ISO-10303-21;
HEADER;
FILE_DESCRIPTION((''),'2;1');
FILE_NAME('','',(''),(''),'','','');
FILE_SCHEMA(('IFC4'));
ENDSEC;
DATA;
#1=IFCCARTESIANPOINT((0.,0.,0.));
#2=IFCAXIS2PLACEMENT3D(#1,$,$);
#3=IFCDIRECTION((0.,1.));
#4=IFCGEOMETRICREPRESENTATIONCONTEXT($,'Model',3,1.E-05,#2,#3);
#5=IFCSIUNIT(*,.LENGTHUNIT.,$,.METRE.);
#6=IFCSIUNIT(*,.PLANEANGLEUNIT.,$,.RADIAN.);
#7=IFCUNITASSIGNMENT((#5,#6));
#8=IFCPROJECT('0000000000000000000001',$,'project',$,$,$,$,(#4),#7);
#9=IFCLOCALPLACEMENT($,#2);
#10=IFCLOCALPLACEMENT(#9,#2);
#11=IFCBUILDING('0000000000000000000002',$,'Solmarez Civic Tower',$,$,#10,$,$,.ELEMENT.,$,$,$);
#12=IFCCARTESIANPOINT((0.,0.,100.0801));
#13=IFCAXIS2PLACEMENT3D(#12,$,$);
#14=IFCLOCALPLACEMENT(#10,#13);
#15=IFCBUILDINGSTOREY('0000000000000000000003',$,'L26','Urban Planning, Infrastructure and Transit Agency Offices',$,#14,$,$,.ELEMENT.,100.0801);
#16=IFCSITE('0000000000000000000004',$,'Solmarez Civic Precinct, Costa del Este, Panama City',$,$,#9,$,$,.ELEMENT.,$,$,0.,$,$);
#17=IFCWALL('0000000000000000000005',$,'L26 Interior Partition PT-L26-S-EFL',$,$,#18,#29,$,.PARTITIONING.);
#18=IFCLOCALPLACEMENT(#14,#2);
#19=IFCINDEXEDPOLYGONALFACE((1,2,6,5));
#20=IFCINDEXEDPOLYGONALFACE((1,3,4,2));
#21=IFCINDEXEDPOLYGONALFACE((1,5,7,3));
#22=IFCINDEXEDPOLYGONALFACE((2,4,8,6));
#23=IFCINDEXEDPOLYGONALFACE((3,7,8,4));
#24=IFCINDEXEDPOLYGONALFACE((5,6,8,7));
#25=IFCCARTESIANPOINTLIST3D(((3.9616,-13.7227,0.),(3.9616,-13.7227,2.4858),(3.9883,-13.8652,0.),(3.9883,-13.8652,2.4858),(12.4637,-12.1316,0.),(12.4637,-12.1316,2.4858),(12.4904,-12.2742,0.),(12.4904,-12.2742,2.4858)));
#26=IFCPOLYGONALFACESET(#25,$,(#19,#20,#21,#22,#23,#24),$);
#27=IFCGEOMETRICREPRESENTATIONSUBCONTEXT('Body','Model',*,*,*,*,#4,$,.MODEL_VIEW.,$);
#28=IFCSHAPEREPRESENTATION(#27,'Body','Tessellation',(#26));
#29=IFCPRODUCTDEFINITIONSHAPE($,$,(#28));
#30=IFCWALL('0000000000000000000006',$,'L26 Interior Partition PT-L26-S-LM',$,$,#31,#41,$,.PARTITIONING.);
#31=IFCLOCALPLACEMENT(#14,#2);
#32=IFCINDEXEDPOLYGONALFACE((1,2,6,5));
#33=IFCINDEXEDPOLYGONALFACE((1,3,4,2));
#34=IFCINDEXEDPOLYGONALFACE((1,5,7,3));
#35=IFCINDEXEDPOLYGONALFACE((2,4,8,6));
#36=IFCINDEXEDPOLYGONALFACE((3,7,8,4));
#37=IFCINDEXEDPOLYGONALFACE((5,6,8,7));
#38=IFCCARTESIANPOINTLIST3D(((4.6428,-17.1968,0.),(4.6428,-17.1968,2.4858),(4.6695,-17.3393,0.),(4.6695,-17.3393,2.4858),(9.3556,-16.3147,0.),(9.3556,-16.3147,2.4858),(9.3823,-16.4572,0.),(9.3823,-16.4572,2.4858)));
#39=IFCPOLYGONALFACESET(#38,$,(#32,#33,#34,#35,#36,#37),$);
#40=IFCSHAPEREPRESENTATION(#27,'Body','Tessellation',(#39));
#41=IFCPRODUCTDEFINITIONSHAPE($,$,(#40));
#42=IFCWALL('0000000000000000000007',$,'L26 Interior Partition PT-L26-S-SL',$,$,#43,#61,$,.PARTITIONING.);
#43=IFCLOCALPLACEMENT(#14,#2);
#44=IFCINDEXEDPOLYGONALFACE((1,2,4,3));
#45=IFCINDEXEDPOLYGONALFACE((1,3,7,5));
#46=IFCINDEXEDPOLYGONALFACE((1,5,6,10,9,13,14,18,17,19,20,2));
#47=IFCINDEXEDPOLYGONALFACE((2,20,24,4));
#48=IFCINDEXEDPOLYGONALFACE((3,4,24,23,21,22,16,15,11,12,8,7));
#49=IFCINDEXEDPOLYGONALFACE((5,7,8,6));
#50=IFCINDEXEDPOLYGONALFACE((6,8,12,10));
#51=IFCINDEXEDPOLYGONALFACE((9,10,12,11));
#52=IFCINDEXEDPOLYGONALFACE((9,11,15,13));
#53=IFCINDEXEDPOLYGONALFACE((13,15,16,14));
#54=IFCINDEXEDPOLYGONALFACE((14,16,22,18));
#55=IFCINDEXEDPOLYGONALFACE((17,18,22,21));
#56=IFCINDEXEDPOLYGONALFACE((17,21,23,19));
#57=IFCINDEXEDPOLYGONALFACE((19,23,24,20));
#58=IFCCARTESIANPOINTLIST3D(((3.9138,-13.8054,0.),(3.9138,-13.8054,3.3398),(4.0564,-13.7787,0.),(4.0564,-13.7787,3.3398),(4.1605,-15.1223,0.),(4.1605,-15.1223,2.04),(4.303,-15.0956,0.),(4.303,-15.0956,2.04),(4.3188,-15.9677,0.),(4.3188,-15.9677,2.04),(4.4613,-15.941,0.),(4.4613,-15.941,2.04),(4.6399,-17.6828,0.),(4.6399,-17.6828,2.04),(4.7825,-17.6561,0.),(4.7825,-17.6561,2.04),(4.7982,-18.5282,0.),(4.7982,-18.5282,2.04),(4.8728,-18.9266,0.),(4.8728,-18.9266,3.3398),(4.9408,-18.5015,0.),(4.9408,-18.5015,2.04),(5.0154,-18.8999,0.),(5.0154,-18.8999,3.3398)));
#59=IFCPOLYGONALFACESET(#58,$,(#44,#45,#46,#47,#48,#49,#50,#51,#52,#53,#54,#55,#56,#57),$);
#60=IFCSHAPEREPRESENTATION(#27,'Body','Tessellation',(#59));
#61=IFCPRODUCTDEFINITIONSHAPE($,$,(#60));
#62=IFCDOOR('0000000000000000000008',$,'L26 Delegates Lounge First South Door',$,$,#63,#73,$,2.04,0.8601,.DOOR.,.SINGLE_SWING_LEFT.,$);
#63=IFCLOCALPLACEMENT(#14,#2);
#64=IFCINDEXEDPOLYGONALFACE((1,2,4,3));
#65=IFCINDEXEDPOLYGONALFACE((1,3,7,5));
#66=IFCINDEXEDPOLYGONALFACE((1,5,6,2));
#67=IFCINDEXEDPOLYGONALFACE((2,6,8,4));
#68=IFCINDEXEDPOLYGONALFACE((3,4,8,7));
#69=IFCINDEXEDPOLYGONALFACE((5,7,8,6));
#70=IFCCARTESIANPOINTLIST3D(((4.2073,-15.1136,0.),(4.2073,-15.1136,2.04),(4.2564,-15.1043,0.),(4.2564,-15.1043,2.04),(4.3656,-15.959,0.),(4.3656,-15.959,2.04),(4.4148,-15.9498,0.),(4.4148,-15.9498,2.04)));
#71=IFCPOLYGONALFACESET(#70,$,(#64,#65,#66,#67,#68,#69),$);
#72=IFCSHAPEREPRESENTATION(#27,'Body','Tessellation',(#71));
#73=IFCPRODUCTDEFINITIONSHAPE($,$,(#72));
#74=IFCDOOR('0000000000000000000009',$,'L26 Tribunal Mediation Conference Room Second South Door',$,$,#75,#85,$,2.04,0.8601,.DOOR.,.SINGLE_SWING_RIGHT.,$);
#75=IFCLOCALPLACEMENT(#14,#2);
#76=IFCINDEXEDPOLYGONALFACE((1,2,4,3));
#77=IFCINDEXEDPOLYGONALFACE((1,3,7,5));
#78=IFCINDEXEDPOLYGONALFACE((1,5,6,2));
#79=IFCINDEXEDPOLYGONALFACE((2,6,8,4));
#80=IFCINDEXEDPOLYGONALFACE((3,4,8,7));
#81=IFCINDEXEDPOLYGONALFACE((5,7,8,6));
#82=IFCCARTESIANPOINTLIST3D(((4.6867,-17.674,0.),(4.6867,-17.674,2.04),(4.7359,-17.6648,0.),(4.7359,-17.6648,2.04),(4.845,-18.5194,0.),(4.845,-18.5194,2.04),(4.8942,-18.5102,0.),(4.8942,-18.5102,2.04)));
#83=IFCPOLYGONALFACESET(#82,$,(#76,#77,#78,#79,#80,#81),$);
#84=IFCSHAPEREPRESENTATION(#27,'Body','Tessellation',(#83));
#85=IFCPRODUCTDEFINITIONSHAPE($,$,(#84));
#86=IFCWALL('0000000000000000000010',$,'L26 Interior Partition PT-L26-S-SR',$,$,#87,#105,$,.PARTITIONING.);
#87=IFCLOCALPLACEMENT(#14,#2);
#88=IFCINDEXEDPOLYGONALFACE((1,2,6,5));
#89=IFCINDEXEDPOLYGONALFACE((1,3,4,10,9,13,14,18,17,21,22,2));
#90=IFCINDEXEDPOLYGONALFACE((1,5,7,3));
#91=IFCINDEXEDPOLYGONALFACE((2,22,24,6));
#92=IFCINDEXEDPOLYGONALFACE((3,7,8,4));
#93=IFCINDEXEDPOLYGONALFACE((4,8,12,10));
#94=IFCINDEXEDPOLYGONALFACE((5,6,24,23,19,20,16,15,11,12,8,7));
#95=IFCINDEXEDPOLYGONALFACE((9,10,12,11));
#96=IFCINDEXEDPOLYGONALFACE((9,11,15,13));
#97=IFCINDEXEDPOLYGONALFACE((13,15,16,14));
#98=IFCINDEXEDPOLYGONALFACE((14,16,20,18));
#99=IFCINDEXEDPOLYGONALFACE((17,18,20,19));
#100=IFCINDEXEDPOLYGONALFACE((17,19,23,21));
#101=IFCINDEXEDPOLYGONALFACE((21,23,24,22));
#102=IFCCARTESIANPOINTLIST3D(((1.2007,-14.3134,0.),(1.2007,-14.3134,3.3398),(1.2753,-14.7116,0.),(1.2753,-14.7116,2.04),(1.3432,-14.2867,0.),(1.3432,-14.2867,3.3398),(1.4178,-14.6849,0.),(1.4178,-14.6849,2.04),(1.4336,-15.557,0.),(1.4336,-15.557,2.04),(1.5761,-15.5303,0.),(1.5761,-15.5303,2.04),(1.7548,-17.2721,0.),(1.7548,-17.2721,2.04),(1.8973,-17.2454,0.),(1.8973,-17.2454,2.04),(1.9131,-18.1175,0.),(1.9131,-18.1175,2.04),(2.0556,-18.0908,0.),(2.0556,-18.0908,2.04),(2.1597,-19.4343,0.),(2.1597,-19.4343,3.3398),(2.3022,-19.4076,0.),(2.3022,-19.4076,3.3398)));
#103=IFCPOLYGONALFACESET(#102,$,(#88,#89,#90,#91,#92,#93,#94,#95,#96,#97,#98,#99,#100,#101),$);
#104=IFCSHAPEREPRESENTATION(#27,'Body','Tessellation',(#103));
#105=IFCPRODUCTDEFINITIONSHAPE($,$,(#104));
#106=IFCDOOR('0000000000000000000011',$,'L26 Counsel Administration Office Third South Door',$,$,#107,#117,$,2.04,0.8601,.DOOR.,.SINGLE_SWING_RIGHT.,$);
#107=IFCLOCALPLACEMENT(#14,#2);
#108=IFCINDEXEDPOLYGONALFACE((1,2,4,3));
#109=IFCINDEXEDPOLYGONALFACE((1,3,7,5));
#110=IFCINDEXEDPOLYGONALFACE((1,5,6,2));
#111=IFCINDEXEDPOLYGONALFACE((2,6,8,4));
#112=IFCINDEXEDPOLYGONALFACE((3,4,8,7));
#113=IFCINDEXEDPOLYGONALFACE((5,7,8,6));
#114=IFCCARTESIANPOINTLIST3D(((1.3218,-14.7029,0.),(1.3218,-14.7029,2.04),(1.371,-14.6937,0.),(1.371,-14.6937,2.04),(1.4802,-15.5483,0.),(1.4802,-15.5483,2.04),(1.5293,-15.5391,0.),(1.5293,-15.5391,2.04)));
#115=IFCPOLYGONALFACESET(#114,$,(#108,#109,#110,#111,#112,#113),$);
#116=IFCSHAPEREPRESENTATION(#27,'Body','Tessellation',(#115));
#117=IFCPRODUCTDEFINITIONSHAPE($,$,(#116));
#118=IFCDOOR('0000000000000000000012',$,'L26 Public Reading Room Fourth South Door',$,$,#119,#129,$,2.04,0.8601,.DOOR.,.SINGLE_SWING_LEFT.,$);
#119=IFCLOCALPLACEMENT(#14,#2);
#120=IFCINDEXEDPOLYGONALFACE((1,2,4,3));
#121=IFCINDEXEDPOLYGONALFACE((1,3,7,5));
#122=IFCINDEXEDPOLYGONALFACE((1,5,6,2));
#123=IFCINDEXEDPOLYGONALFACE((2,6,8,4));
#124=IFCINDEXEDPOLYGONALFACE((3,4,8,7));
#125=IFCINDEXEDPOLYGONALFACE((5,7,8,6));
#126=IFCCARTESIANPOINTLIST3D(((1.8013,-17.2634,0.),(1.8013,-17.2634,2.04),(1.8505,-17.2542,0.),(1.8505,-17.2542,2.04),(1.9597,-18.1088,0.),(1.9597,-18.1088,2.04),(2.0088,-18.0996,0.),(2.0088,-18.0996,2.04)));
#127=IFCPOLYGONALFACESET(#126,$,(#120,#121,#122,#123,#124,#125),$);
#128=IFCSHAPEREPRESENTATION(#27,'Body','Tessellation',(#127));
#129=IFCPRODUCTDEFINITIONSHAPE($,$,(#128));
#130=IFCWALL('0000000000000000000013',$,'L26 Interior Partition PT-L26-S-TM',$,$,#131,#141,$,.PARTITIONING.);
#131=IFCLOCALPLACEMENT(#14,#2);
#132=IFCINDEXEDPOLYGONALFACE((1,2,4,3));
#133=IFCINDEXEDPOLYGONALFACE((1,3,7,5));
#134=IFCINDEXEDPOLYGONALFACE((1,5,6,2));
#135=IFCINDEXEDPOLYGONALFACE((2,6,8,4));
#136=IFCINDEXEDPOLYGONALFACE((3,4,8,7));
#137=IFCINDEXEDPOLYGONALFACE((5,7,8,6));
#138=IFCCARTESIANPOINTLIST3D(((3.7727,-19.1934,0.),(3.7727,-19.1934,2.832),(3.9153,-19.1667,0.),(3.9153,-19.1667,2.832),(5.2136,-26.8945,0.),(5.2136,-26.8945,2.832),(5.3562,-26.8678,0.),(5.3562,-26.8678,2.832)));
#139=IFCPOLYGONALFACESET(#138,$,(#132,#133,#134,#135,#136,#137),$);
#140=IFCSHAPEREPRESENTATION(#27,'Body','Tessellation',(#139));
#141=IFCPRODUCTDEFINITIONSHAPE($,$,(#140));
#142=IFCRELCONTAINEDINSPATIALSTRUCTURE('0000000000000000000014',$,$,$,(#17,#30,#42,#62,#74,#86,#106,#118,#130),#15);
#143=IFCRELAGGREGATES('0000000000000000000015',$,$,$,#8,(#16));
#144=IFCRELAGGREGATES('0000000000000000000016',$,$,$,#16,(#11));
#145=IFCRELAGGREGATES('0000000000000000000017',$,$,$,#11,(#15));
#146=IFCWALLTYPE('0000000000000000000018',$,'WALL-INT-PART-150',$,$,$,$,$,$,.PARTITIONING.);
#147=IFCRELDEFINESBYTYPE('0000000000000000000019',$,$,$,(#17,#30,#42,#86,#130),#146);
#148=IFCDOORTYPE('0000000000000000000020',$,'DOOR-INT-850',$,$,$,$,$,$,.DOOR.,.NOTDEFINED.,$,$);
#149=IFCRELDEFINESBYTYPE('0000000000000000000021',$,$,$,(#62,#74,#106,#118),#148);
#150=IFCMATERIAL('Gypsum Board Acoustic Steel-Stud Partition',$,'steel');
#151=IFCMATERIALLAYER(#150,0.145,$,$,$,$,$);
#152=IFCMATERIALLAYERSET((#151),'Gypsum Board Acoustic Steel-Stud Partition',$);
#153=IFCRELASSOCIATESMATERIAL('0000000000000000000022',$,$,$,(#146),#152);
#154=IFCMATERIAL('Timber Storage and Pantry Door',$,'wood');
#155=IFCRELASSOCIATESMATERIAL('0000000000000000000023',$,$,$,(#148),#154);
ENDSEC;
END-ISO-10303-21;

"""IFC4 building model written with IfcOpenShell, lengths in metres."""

from ifc_helpers import new_model, si_unit, direction, frame, frame_2d, origin, place, context, subcontext, project, spatial, rectangle, extrude, material, layer, layer_set, type_object, element, fill, save


model = new_model("IFC4")

# Units and contexts
model_context = context("Model", 3, precision=1e-05, world=origin(), true_north=direction((0.0, 1.0)))
body_context = subcontext(model_context, "Body", "Model", "MODEL_VIEW")
ifc_project = project(units=[si_unit("LENGTHUNIT", "METRE"), si_unit("PLANEANGLEUNIT", "RADIAN")], contexts=[model_context])

# Site, building, storey
site_placement = place(None, origin())
site = spatial("IfcSite", under=ifc_project, at=site_placement, Name="Solmarez Civic Precinct, Costa del Este, Panama City", CompositionType="ELEMENT", RefElevation=0.0)
building_placement = place(site_placement, origin())
building = spatial("IfcBuilding", under=site, at=building_placement, Name="Solmarez Civic Tower", CompositionType="ELEMENT")
storey_placement = place(building_placement, frame((0.0, 0.0, 100.0801)))
storey = spatial("IfcBuildingStorey", under=building, at=storey_placement, Name="L26", Description="Urban Planning, Infrastructure and Transit Agency Offices", CompositionType="ELEMENT", Elevation=100.0801)

# Walls
ifc_material_1 = material(Name="Gypsum Board Acoustic Steel-Stud Partition", Category="steel")
ifc_layer_1 = layer(ifc_material_1, 0.145)
ifc_layer_set_1 = layer_set([ifc_layer_1], Name="Gypsum Board Acoustic Steel-Stud Partition")
wall_type_1 = type_object("IfcWallType", Name="WALL-INT-PART-150", PredefinedType="PARTITIONING", material=ifc_layer_set_1)
wall_1_placement = place(storey_placement, frame((3.9751, -13.7939, 0.0), z_axis=(0.0, 0.0, 1.0), x_axis=(0.982936, 0.183948, 0.0)))
element("IfcWall", 1, at=wall_1_placement, inside=storey, type_object=wall_type_1, Name="L26 Interior Partition PT-L26-S-EFL", PredefinedType="PARTITIONING", context=body_context, shape_type="SweptSolid", body=[
    extrude(rectangle(XDim=8.6497, YDim=0.145, at=frame_2d((4.3247, 0.0))), origin(), (0.0, 0.0, 1.0), 2.4858),
])
wall_2_placement = place(storey_placement, frame((4.656, -17.2681, 0.0), z_axis=(0.0, 0.0, 1.0), x_axis=(0.982932, 0.183969, 0.0)))
element("IfcWall", 2, at=wall_2_placement, inside=storey, type_object=wall_type_1, Name="L26 Interior Partition PT-L26-S-LM", PredefinedType="PARTITIONING", context=body_context, shape_type="SweptSolid", body=[
    extrude(rectangle(XDim=4.7947, YDim=0.145, at=frame_2d((2.3975, 0.0))), origin(), (0.0, 0.0, 1.0), 2.4858),
])

# Walls, openings, doors
wall_3_placement = place(storey_placement, frame((4.9441, -18.9131, 0.0), z_axis=(0.0, 0.0, 1.0), x_axis=(-0.184062, 0.982915, 0.0)))
wall_3 = element("IfcWall", 3, at=wall_3_placement, inside=storey, type_object=wall_type_1, Name="L26 Interior Partition PT-L26-S-SL", PredefinedType="PARTITIONING", context=body_context, shape_type="SweptSolid", body=[
    extrude(rectangle(XDim=5.2102, YDim=0.145, at=frame_2d((2.605, 0.0))), origin(), (0.0, 0.0, 1.0), 3.3398),
])
opening_1_placement = place(wall_3_placement, frame((3.01, 0.0, 0.0)))
opening_1 = element("IfcOpeningElement", 4, at=opening_1_placement, cuts=wall_3, PredefinedType="OPENING", context=body_context, shape_type="SweptSolid", body=[
    extrude(rectangle(XDim=0.8601, YDim=2.04, at=frame_2d((0.4302, 1.02))), frame((0.0, 0.0825, 0.0), z_axis=(0.0, -1.0, 0.0), x_axis=(1.0, 0.0, 0.0)), (0.0, 0.0, 1.0), 0.165),
])
opening_2_placement = place(wall_3_placement, frame((0.405, 0.0, 0.0)))
opening_2 = element("IfcOpeningElement", 5, at=opening_2_placement, cuts=wall_3, PredefinedType="OPENING", context=body_context, shape_type="SweptSolid", body=[
    extrude(rectangle(XDim=0.8601, YDim=2.04, at=frame_2d((0.4302, 1.02))), frame((0.0, 0.0825, 0.0), z_axis=(0.0, -1.0, 0.0), x_axis=(1.0, 0.0, 0.0)), (0.0, 0.0, 1.0), 0.165),
])
ifc_material_2 = material(Name="Timber Storage and Pantry Door", Category="wood")
door_type = type_object("IfcDoorType", Name="DOOR-INT-850", OperationType="NOTDEFINED", PredefinedType="DOOR", material=ifc_material_2)
door_1_placement = place(opening_1_placement, origin())
door_1 = element("IfcDoor", 6, at=door_1_placement, inside=storey, type_object=door_type, Name="L26 Delegates Lounge First South Door", OperationType="SINGLE_SWING_LEFT", OverallHeight=2.04, OverallWidth=0.8601, PredefinedType="DOOR", context=body_context, shape_type="SweptSolid", body=[
    extrude(rectangle(XDim=0.8601, YDim=2.04, at=frame_2d((0.4302, 1.02))), frame((0.0, 0.0249, 0.0), z_axis=(0.0, -1.0, 0.0), x_axis=(1.0, 0.0, 0.0)), (0.0, 0.0, 1.0), 0.05),
])
fill(opening_1, door_1)
door_2_placement = place(opening_2_placement, origin())
door_2 = element("IfcDoor", 7, at=door_2_placement, inside=storey, type_object=door_type, Name="L26 Tribunal Mediation Conference Room Second South Door", OperationType="SINGLE_SWING_RIGHT", OverallHeight=2.04, OverallWidth=0.8601, PredefinedType="DOOR", context=body_context, shape_type="SweptSolid", body=[
    extrude(rectangle(XDim=0.8601, YDim=2.04, at=frame_2d((0.4302, 1.02))), frame((0.0, 0.0249, 0.0), z_axis=(0.0, -1.0, 0.0), x_axis=(1.0, 0.0, 0.0)), (0.0, 0.0, 1.0), 0.05),
])
fill(opening_2, door_2)
wall_4_placement = place(storey_placement, frame((1.272, -14.3, 0.0), z_axis=(0.0, 0.0, 1.0), x_axis=(0.184071, -0.982913, 0.0)))
wall_4 = element("IfcWall", 8, at=wall_4_placement, inside=storey, type_object=wall_type_1, Name="L26 Interior Partition PT-L26-S-SR", PredefinedType="PARTITIONING", context=body_context, shape_type="SweptSolid", body=[
    extrude(rectangle(XDim=5.21, YDim=0.145, at=frame_2d((2.605, 0.0))), origin(), (0.0, 0.0, 1.0), 3.3398),
])
opening_3_placement = place(wall_4_placement, frame((0.405, 0.0, 0.0)))
opening_3 = element("IfcOpeningElement", 9, at=opening_3_placement, cuts=wall_4, PredefinedType="OPENING", context=body_context, shape_type="SweptSolid", body=[
    extrude(rectangle(XDim=0.8601, YDim=2.04, at=frame_2d((0.4302, 1.02))), frame((0.0, 0.0825, 0.0), z_axis=(0.0, -1.0, 0.0), x_axis=(1.0, 0.0, 0.0)), (0.0, 0.0, 1.0), 0.165),
])
opening_4_placement = place(wall_4_placement, frame((3.01, 0.0, 0.0)))
opening_4 = element("IfcOpeningElement", 10, at=opening_4_placement, cuts=wall_4, PredefinedType="OPENING", context=body_context, shape_type="SweptSolid", body=[
    extrude(rectangle(XDim=0.8601, YDim=2.04, at=frame_2d((0.4302, 1.02))), frame((0.0, 0.0825, 0.0), z_axis=(0.0, -1.0, 0.0), x_axis=(1.0, 0.0, 0.0)), (0.0, 0.0, 1.0), 0.165),
])
door_3_placement = place(opening_3_placement, origin())
door_3 = element("IfcDoor", 11, at=door_3_placement, inside=storey, type_object=door_type, Name="L26 Counsel Administration Office Third South Door", OperationType="SINGLE_SWING_RIGHT", OverallHeight=2.04, OverallWidth=0.8601, PredefinedType="DOOR", context=body_context, shape_type="SweptSolid", body=[
    extrude(rectangle(XDim=0.8601, YDim=2.04, at=frame_2d((0.4302, 1.02))), frame((0.0, 0.0249, 0.0), z_axis=(0.0, -1.0, 0.0), x_axis=(1.0, 0.0, 0.0)), (0.0, 0.0, 1.0), 0.05),
])
fill(opening_3, door_3)
door_4_placement = place(opening_4_placement, origin())
door_4 = element("IfcDoor", 12, at=door_4_placement, inside=storey, type_object=door_type, Name="L26 Public Reading Room Fourth South Door", OperationType="SINGLE_SWING_LEFT", OverallHeight=2.04, OverallWidth=0.8601, PredefinedType="DOOR", context=body_context, shape_type="SweptSolid", body=[
    extrude(rectangle(XDim=0.8601, YDim=2.04, at=frame_2d((0.4302, 1.02))), frame((0.0, 0.0249, 0.0), z_axis=(0.0, -1.0, 0.0), x_axis=(1.0, 0.0, 0.0)), (0.0, 0.0, 1.0), 0.05),
])
fill(opening_4, door_4)

# Wall
wall_5_placement = place(storey_placement, frame((3.844, -19.1799, 0.0), z_axis=(0.0, 0.0, 1.0), x_axis=(0.183912, -0.982943, 0.0)))
element("IfcWall", 13, at=wall_5_placement, inside=storey, type_object=wall_type_1, Name="L26 Interior Partition PT-L26-S-TM", PredefinedType="PARTITIONING", context=body_context, shape_type="SweptSolid", body=[
    extrude(rectangle(XDim=7.8347, YDim=0.145, at=frame_2d((3.9175, 0.0))), origin(), (0.0, 0.0, 1.0), 2.832),
])

save(model, "model.ifc")
